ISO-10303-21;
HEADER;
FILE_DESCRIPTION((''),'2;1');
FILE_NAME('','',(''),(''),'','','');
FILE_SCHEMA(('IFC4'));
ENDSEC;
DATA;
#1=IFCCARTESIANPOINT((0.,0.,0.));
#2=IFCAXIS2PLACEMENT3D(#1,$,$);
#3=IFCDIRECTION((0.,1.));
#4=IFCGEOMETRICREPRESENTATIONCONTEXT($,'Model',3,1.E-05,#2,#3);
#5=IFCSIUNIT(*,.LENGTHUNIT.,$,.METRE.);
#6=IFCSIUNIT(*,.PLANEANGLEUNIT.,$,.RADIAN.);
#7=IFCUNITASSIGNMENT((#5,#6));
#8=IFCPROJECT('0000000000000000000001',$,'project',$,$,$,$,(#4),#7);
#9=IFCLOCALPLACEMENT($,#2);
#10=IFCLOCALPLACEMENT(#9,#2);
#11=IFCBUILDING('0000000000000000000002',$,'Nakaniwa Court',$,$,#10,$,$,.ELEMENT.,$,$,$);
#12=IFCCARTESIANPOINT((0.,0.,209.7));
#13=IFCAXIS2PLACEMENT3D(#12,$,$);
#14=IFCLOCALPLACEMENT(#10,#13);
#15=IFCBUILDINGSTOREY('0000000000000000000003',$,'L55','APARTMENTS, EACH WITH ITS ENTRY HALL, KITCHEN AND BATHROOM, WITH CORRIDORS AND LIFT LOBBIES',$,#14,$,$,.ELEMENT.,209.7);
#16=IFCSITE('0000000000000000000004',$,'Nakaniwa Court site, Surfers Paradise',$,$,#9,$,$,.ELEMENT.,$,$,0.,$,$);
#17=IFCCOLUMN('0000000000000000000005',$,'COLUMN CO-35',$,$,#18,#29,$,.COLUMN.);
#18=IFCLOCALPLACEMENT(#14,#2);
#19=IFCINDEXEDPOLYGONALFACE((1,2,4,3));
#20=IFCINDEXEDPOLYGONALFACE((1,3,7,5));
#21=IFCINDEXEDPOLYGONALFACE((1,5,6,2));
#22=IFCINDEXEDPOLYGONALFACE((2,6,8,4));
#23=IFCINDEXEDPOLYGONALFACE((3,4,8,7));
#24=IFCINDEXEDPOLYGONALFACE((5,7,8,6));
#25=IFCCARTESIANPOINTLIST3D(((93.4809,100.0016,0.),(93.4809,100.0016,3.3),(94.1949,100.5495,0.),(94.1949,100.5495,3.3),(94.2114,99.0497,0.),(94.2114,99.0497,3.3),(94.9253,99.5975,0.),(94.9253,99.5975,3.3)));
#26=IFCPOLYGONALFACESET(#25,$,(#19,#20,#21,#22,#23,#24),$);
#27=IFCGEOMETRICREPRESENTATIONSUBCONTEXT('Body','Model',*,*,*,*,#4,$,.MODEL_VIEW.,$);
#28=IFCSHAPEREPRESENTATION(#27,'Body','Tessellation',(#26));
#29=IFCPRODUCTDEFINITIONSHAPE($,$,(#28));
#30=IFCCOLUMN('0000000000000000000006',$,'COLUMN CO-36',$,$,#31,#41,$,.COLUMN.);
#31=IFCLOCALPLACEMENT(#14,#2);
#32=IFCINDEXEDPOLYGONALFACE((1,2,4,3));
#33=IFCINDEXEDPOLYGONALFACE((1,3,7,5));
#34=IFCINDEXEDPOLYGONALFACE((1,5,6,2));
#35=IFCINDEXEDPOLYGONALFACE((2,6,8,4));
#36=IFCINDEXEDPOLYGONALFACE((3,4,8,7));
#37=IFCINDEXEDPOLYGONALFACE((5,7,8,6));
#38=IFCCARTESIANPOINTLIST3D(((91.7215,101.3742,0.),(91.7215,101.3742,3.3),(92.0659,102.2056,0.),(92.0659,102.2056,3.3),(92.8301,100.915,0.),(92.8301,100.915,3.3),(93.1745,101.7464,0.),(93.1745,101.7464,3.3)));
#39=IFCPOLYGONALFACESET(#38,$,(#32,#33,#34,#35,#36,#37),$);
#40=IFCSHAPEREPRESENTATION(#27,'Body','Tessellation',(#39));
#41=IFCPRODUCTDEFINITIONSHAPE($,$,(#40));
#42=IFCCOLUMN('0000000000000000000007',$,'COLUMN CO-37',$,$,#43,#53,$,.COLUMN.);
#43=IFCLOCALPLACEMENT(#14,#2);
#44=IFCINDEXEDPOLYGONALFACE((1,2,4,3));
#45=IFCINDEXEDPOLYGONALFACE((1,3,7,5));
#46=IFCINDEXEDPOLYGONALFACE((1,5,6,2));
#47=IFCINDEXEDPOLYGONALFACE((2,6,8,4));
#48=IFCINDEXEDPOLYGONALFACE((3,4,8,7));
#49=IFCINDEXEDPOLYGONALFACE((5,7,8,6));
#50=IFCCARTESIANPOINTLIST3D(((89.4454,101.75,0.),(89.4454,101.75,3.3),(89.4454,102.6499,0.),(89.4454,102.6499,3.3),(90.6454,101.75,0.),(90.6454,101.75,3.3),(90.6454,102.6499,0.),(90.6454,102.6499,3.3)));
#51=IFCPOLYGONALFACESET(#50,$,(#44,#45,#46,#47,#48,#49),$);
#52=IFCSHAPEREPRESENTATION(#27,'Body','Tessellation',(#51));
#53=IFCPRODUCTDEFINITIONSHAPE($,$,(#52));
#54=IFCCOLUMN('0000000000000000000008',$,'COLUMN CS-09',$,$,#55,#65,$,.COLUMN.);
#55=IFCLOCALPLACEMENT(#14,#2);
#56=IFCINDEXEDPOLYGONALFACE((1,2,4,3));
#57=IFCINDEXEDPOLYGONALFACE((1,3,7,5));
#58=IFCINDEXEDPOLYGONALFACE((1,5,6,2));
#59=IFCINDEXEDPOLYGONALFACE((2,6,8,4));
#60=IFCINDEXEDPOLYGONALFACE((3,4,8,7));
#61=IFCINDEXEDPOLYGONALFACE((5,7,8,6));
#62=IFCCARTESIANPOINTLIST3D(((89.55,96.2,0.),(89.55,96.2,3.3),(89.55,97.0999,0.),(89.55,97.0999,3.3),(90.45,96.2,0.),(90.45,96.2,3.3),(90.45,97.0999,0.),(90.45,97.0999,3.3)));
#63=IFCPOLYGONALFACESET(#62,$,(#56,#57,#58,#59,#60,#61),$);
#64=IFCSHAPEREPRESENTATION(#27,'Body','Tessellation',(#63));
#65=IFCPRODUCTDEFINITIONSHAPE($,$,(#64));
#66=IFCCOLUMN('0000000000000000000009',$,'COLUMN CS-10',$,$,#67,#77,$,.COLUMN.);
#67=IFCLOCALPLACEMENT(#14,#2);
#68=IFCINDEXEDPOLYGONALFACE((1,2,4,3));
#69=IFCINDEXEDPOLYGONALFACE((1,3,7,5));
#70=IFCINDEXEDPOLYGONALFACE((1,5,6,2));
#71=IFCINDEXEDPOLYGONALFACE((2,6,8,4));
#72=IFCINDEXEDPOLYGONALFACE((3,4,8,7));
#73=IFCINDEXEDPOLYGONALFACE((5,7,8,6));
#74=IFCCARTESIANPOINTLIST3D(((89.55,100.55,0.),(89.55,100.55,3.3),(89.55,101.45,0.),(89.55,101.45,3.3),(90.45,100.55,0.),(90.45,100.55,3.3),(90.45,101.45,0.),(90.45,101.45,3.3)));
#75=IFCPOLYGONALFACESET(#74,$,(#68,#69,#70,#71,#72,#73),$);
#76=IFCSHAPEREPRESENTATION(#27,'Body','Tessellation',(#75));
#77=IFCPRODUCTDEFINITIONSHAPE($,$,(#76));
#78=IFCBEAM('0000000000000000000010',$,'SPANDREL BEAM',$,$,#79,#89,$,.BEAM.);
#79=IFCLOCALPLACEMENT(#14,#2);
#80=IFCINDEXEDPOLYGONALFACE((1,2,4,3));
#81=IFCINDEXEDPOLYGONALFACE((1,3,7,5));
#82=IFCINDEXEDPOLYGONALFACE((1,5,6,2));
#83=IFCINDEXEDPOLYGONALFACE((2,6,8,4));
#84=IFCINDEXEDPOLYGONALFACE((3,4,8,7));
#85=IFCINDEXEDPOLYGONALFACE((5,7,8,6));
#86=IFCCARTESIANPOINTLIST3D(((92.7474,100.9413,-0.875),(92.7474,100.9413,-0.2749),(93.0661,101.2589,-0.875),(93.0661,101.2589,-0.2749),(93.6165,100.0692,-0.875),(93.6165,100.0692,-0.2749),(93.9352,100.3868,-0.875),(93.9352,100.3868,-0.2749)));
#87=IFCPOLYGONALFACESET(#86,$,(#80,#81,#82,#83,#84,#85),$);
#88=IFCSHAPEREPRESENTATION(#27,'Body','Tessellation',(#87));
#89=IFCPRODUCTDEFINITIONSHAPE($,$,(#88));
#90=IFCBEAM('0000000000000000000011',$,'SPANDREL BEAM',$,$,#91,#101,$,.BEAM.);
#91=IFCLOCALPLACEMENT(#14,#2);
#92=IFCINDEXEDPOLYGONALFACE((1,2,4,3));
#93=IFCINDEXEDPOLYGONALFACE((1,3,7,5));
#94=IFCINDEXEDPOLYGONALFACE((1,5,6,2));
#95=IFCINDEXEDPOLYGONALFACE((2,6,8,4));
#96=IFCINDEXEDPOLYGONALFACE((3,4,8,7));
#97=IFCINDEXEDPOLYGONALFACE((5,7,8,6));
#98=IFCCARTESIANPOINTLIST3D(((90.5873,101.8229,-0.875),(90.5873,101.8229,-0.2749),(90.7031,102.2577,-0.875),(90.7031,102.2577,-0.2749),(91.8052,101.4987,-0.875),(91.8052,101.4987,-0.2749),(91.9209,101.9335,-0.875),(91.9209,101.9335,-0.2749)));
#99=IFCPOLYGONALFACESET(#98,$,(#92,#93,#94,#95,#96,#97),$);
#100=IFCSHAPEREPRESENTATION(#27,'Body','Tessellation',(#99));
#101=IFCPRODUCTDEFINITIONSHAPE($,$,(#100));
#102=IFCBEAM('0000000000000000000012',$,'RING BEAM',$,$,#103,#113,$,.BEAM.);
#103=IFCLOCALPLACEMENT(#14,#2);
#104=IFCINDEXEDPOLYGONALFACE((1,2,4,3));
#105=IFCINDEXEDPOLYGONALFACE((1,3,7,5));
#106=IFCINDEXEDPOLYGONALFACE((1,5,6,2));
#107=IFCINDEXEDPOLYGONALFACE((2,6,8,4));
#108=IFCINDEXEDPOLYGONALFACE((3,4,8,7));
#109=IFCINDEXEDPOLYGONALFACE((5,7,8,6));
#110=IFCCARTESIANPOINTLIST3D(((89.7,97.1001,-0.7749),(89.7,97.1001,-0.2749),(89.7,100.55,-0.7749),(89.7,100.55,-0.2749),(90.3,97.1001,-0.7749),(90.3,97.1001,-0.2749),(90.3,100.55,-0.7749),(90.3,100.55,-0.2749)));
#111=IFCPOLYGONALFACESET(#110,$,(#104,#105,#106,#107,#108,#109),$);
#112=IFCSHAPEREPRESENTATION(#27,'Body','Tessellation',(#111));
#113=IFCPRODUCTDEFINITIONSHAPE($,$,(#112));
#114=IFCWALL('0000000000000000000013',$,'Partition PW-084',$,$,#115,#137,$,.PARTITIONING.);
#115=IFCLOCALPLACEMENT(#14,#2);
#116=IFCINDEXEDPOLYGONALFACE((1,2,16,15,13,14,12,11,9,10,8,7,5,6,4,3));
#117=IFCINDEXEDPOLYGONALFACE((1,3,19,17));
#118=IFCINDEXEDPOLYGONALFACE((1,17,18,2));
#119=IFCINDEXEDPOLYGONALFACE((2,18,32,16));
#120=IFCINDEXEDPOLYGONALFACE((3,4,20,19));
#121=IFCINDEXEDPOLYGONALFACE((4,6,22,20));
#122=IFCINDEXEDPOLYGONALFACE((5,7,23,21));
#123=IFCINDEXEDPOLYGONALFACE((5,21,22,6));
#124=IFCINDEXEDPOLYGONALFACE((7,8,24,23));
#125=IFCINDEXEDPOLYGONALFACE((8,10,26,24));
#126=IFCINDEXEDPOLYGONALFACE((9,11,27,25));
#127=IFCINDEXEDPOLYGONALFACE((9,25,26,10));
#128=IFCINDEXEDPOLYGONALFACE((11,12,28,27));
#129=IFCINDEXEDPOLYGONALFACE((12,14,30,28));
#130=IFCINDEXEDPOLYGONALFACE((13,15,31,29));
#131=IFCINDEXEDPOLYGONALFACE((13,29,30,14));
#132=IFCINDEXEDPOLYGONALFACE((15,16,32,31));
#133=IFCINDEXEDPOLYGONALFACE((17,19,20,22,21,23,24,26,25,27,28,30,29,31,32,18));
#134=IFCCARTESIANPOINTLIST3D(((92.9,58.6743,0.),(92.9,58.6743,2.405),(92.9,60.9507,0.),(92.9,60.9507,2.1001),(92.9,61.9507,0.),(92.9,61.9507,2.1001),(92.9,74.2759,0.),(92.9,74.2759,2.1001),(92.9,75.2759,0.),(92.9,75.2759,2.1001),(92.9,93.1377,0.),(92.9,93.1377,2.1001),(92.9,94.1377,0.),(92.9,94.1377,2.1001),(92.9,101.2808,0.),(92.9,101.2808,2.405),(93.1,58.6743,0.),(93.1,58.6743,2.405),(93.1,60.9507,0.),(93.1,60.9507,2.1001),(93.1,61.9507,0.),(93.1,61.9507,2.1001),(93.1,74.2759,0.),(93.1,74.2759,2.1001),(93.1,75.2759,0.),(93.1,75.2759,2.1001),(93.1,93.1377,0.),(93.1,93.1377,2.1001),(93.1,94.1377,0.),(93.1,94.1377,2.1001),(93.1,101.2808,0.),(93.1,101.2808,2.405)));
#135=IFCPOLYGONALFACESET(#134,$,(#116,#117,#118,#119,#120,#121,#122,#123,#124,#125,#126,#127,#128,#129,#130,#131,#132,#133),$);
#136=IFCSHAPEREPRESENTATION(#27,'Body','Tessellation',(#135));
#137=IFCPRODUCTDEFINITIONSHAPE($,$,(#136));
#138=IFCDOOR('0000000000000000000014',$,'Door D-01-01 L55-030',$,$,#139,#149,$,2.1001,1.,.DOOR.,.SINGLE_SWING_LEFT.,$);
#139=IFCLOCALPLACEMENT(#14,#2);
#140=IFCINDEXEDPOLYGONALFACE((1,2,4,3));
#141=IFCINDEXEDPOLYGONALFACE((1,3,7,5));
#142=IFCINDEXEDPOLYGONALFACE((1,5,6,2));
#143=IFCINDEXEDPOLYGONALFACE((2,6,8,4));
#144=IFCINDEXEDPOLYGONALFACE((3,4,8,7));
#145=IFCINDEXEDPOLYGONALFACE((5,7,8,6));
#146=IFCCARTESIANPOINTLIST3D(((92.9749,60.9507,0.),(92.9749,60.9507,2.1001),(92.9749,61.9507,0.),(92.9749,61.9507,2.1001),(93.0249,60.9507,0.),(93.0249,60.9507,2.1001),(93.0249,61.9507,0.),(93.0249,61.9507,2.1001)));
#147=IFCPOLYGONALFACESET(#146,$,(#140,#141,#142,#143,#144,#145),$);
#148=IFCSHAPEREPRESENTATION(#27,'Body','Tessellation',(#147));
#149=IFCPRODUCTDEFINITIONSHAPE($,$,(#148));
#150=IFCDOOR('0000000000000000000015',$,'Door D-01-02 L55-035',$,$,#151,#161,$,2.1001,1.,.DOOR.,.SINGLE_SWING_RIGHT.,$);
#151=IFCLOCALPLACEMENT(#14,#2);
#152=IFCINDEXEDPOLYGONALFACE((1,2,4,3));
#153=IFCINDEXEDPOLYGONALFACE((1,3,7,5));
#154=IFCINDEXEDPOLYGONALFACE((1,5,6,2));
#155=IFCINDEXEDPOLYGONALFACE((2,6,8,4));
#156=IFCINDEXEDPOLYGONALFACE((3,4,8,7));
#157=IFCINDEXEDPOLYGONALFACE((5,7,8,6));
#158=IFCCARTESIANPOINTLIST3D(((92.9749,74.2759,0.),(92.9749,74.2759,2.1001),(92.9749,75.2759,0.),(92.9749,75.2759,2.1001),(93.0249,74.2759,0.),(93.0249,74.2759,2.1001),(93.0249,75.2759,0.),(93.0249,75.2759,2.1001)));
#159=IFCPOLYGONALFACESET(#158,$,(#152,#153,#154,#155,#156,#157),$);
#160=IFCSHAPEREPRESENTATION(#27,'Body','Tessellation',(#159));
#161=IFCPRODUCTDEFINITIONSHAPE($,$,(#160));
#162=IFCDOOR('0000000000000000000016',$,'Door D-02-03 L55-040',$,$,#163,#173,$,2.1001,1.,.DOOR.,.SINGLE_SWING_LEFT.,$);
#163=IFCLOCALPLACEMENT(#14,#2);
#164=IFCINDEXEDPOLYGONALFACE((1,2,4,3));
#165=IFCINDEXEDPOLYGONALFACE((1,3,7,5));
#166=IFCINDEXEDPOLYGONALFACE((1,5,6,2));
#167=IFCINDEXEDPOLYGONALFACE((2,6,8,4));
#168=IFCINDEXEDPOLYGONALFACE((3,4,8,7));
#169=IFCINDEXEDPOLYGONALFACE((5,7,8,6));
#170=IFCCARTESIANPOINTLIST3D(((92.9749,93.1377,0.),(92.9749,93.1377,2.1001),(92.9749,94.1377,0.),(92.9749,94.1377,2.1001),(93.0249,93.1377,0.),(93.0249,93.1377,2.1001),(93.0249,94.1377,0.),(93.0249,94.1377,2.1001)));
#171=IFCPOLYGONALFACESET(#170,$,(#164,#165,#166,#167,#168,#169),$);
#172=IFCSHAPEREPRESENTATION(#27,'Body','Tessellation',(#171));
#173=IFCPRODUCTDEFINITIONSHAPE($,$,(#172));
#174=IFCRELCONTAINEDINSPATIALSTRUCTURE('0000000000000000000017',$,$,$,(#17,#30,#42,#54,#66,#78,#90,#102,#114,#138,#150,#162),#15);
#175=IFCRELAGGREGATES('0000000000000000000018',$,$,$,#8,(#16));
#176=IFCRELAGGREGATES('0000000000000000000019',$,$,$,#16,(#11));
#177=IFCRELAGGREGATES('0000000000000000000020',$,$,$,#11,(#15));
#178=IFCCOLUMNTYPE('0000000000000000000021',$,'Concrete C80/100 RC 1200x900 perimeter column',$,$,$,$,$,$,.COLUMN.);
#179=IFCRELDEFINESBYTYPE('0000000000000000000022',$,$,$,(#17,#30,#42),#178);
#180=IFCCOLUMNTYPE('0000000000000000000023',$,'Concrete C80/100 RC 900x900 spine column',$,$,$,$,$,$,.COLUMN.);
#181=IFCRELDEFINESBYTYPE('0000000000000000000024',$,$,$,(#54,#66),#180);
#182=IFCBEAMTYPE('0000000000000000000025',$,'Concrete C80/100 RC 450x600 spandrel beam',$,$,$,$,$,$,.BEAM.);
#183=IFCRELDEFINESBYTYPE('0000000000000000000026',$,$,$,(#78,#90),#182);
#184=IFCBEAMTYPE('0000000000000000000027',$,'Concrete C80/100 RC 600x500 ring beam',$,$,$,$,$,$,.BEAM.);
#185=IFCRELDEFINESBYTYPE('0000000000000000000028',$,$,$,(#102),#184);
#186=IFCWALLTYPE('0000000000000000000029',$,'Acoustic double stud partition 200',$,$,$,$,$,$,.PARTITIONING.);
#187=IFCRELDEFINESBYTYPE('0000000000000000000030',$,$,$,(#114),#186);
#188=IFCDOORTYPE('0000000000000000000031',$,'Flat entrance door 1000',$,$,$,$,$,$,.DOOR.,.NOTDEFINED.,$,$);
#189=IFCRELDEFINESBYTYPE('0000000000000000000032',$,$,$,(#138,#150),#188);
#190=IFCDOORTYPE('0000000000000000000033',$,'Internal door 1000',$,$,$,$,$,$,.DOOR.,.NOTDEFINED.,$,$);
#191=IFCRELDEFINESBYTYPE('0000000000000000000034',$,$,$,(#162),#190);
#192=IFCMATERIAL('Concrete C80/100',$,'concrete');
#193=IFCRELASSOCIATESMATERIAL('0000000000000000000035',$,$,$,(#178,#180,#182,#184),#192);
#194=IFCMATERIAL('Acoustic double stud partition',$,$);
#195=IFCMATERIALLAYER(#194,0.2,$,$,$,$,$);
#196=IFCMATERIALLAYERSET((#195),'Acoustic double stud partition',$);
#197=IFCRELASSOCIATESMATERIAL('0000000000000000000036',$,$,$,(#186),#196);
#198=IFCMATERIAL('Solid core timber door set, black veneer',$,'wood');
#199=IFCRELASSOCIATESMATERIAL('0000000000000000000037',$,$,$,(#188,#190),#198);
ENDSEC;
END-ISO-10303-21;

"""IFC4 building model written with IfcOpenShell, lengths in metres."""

from ifc_helpers import new_model, si_unit, direction, frame, frame_2d, origin, origin_2d, place, context, subcontext, project, spatial, rectangle, extrude, material, layer, layer_set, material_profile, profile_set, type_object, element, fill, save


model = new_model("IFC4")

# Units and contexts
model_context = context("Model", 3, precision=1e-05, world=origin(), true_north=direction((0.0, 1.0)))
body_context = subcontext(model_context, "Body", "Model", "MODEL_VIEW")
ifc_project = project(units=[si_unit("LENGTHUNIT", "METRE"), si_unit("PLANEANGLEUNIT", "RADIAN")], contexts=[model_context])

# Site, building, storey
site_placement = place(None, origin())
site = spatial("IfcSite", under=ifc_project, at=site_placement, Name="Nakaniwa Court site, Surfers Paradise", CompositionType="ELEMENT", RefElevation=0.0)
building_placement = place(site_placement, origin())
building = spatial("IfcBuilding", under=site, at=building_placement, Name="Nakaniwa Court", CompositionType="ELEMENT")
storey_placement = place(building_placement, frame((0.0, 0.0, 209.7)))
storey = spatial("IfcBuildingStorey", under=building, at=storey_placement, Name="L55", Description="APARTMENTS, EACH WITH ITS ENTRY HALL, KITCHEN AND BATHROOM, WITH CORRIDORS AND LIFT LOBBIES", CompositionType="ELEMENT", Elevation=209.7)

# Columns
ifc_material_1 = material(Name="Concrete C80/100", Category="concrete")
ifc_material_profile_1 = material_profile(ifc_material_1, rectangle(XDim=1.2, YDim=0.8999, at=origin_2d()), Name="Concrete C80/100 RC 1200x900 perimeter column")
ifc_profile_set_1 = profile_set([ifc_material_profile_1], Name="Concrete C80/100")
column_type_1 = type_object("IfcColumnType", Name="Concrete C80/100 RC 1200x900 perimeter column", PredefinedType="COLUMN", material=ifc_profile_set_1)
for number, where, z_axis, x_axis, name in (
    (1, (94.2031, 99.7996, 0.0), (0.0, 0.0, 1.0), (-0.608761, 0.793353, 0.0), "COLUMN CO-35"),
    (2, (92.448, 101.5603, 0.0), (0.0, 0.0, 1.0), (-0.92388, 0.382683, 0.0), "COLUMN CO-36"),
    (3, (90.0454, 102.2, 0.0), (0.0, 0.0, 1.0), (-1.0, 0.0, 0.0), "COLUMN CO-37"),
):
    element("IfcColumn", number, at=place(storey_placement, frame(where, z_axis=z_axis, x_axis=x_axis)), inside=storey, type_object=column_type_1, Name=name, PredefinedType="COLUMN", context=body_context, shape_type="SweptSolid", body=[
        extrude(rectangle(XDim=1.2, YDim=0.8999, at=origin_2d()), origin(), (0.0, 0.0, 1.0), 3.3),
    ])
ifc_material_profile_2 = material_profile(ifc_material_1, rectangle(XDim=0.8999, YDim=0.8999, at=origin_2d()), Name="Concrete C80/100 RC 900x900 spine column")
ifc_profile_set_2 = profile_set([ifc_material_profile_2], Name="Concrete C80/100")
column_type_2 = type_object("IfcColumnType", Name="Concrete C80/100 RC 900x900 spine column", PredefinedType="COLUMN", material=ifc_profile_set_2)
for number, where, z_axis, x_axis, name in (
    (4, (90.0, 96.6499, 0.0), (0.0, 0.0, 1.0), (0.0, 1.0, 0.0), "COLUMN CS-09"),
    (5, (90.0, 101.0, 0.0), (0.0, 0.0, 1.0), (0.0, 1.0, 0.0), "COLUMN CS-10"),
):
    element("IfcColumn", number, at=place(storey_placement, frame(where, z_axis=z_axis, x_axis=x_axis)), inside=storey, type_object=column_type_2, Name=name, PredefinedType="COLUMN", context=body_context, shape_type="SweptSolid", body=[
        extrude(rectangle(XDim=0.8999, YDim=0.8999, at=origin_2d()), origin(), (0.0, 0.0, 1.0), 3.3),
    ])

# Beams
ifc_material_profile_3 = material_profile(ifc_material_1, rectangle(XDim=0.45, YDim=0.6001, at=origin_2d()), Name="Concrete C80/100 RC 450x600 spandrel beam")
ifc_profile_set_3 = profile_set([ifc_material_profile_3], Name="Concrete C80/100")
beam_type_1 = type_object("IfcBeamType", Name="Concrete C80/100 RC 450x600 spandrel beam", PredefinedType="BEAM", material=ifc_profile_set_3)
beam_1_placement = place(storey_placement, frame((93.7759, 100.228, -0.575), z_axis=(-0.705916, 0.708296, 0.0), x_axis=(-0.708296, -0.705916, 0.0)))
element("IfcBeam", 6, at=beam_1_placement, inside=storey, type_object=beam_type_1, Name="SPANDREL BEAM", PredefinedType="BEAM", context=body_context, shape_type="SweptSolid", body=[
    extrude(rectangle(XDim=0.45, YDim=0.6001, at=origin_2d()), origin(), (0.0, 0.0, 1.0), 1.2312),
])
beam_2_placement = place(storey_placement, frame((91.863, 101.7161, -0.575), z_axis=(-0.966338, 0.257277, 0.0), x_axis=(-0.257277, -0.966338, 0.0)))
element("IfcBeam", 7, at=beam_2_placement, inside=storey, type_object=beam_type_1, Name="SPANDREL BEAM", PredefinedType="BEAM", context=body_context, shape_type="SweptSolid", body=[
    extrude(rectangle(XDim=0.45, YDim=0.6001, at=origin_2d()), origin(), (0.0, 0.0, 1.0), 1.2603),
])
ifc_material_profile_4 = material_profile(ifc_material_1, rectangle(XDim=0.6001, YDim=0.5, at=origin_2d()), Name="Concrete C80/100 RC 600x500 ring beam")
ifc_profile_set_4 = profile_set([ifc_material_profile_4], Name="Concrete C80/100")
beam_type_2 = type_object("IfcBeamType", Name="Concrete C80/100 RC 600x500 ring beam", PredefinedType="BEAM", material=ifc_profile_set_4)
beam_3_placement = place(storey_placement, frame((90.0, 97.1001, -0.5249), z_axis=(0.0, 1.0, 0.0), x_axis=(-1.0, 0.0, 0.0)))
element("IfcBeam", 8, at=beam_3_placement, inside=storey, type_object=beam_type_2, Name="RING BEAM", PredefinedType="BEAM", context=body_context, shape_type="SweptSolid", body=[
    extrude(rectangle(XDim=0.6001, YDim=0.5, at=origin_2d()), origin(), (0.0, 0.0, 1.0), 3.45),
])

# Wall, openings, doors
ifc_material_2 = material(Name="Acoustic double stud partition")
ifc_layer_1 = layer(ifc_material_2, 0.2)
ifc_layer_set_1 = layer_set([ifc_layer_1], Name="Acoustic double stud partition")
wall_type_1 = type_object("IfcWallType", Name="Acoustic double stud partition 200", PredefinedType="PARTITIONING", material=ifc_layer_set_1)
wall_1_placement = place(storey_placement, frame((93.0, 101.2808, 0.0), z_axis=(0.0, 0.0, 1.0), x_axis=(0.0, -1.0, 0.0)))
wall_1 = element("IfcWall", 9, at=wall_1_placement, inside=storey, type_object=wall_type_1, Name="Partition PW-084", PredefinedType="PARTITIONING", context=body_context, shape_type="SweptSolid", body=[
    extrude(rectangle(XDim=42.6064, YDim=0.2, at=frame_2d((21.3032, 0.0))), origin(), (0.0, 0.0, 1.0), 2.405),
])
opening_1_placement = place(wall_1_placement, frame((39.3301, 0.0, 0.0)))
opening_1 = element("IfcOpeningElement", 10, at=opening_1_placement, cuts=wall_1, PredefinedType="OPENING", context=body_context, shape_type="SweptSolid", body=[
    extrude(rectangle(XDim=1.0, YDim=2.1001, at=frame_2d((0.5, 1.05))), frame((0.0, 0.1099, 0.0), z_axis=(0.0, -1.0, 0.0), x_axis=(1.0, 0.0, 0.0)), (0.0, 0.0, 1.0), 0.22),
])
opening_2_placement = place(wall_1_placement, frame((26.0049, 0.0, 0.0)))
opening_2 = element("IfcOpeningElement", 11, at=opening_2_placement, cuts=wall_1, PredefinedType="OPENING", context=body_context, shape_type="SweptSolid", body=[
    extrude(rectangle(XDim=1.0, YDim=2.1001, at=frame_2d((0.5, 1.05))), frame((0.0, 0.1099, 0.0), z_axis=(0.0, -1.0, 0.0), x_axis=(1.0, 0.0, 0.0)), (0.0, 0.0, 1.0), 0.22),
])
opening_3_placement = place(wall_1_placement, frame((7.1431, 0.0, 0.0)))
opening_3 = element("IfcOpeningElement", 12, at=opening_3_placement, cuts=wall_1, PredefinedType="OPENING", context=body_context, shape_type="SweptSolid", body=[
    extrude(rectangle(XDim=1.0, YDim=2.1001, at=frame_2d((0.5, 1.05))), frame((0.0, 0.1099, 0.0), z_axis=(0.0, -1.0, 0.0), x_axis=(1.0, 0.0, 0.0)), (0.0, 0.0, 1.0), 0.22),
])
ifc_material_3 = material(Name="Solid core timber door set, black veneer", Category="wood")
door_type_1 = type_object("IfcDoorType", Name="Flat entrance door 1000", OperationType="NOTDEFINED", PredefinedType="DOOR", material=ifc_material_3)
door_1_placement = place(opening_1_placement, origin())
door_1 = element("IfcDoor", 13, at=door_1_placement, inside=storey, type_object=door_type_1, Name="Door D-01-01 L55-030", OperationType="SINGLE_SWING_LEFT", OverallHeight=2.1001, OverallWidth=1.0, PredefinedType="DOOR", context=body_context, shape_type="SweptSolid", body=[
    extrude(rectangle(XDim=1.0, YDim=2.1001, at=frame_2d((0.5, 1.05))), frame((0.0, 0.0249, 0.0), z_axis=(0.0, -1.0, 0.0), x_axis=(1.0, 0.0, 0.0)), (0.0, 0.0, 1.0), 0.05),
])
fill(opening_1, door_1)
door_2_placement = place(opening_2_placement, origin())
door_2 = element("IfcDoor", 14, at=door_2_placement, inside=storey, type_object=door_type_1, Name="Door D-01-02 L55-035", OperationType="SINGLE_SWING_RIGHT", OverallHeight=2.1001, OverallWidth=1.0, PredefinedType="DOOR", context=body_context, shape_type="SweptSolid", body=[
    extrude(rectangle(XDim=1.0, YDim=2.1001, at=frame_2d((0.5, 1.05))), frame((0.0, 0.0249, 0.0), z_axis=(0.0, -1.0, 0.0), x_axis=(1.0, 0.0, 0.0)), (0.0, 0.0, 1.0), 0.05),
])
fill(opening_2, door_2)
door_type_2 = type_object("IfcDoorType", Name="Internal door 1000", OperationType="NOTDEFINED", PredefinedType="DOOR", material=ifc_material_3)
door_3_placement = place(opening_3_placement, origin())
door_3 = element("IfcDoor", 15, at=door_3_placement, inside=storey, type_object=door_type_2, Name="Door D-02-03 L55-040", OperationType="SINGLE_SWING_LEFT", OverallHeight=2.1001, OverallWidth=1.0, PredefinedType="DOOR", context=body_context, shape_type="SweptSolid", body=[
    extrude(rectangle(XDim=1.0, YDim=2.1001, at=frame_2d((0.5, 1.05))), frame((0.0, 0.0249, 0.0), z_axis=(0.0, -1.0, 0.0), x_axis=(1.0, 0.0, 0.0)), (0.0, 0.0, 1.0), 0.05),
])
fill(opening_3, door_3)

save(model, "model.ifc")
